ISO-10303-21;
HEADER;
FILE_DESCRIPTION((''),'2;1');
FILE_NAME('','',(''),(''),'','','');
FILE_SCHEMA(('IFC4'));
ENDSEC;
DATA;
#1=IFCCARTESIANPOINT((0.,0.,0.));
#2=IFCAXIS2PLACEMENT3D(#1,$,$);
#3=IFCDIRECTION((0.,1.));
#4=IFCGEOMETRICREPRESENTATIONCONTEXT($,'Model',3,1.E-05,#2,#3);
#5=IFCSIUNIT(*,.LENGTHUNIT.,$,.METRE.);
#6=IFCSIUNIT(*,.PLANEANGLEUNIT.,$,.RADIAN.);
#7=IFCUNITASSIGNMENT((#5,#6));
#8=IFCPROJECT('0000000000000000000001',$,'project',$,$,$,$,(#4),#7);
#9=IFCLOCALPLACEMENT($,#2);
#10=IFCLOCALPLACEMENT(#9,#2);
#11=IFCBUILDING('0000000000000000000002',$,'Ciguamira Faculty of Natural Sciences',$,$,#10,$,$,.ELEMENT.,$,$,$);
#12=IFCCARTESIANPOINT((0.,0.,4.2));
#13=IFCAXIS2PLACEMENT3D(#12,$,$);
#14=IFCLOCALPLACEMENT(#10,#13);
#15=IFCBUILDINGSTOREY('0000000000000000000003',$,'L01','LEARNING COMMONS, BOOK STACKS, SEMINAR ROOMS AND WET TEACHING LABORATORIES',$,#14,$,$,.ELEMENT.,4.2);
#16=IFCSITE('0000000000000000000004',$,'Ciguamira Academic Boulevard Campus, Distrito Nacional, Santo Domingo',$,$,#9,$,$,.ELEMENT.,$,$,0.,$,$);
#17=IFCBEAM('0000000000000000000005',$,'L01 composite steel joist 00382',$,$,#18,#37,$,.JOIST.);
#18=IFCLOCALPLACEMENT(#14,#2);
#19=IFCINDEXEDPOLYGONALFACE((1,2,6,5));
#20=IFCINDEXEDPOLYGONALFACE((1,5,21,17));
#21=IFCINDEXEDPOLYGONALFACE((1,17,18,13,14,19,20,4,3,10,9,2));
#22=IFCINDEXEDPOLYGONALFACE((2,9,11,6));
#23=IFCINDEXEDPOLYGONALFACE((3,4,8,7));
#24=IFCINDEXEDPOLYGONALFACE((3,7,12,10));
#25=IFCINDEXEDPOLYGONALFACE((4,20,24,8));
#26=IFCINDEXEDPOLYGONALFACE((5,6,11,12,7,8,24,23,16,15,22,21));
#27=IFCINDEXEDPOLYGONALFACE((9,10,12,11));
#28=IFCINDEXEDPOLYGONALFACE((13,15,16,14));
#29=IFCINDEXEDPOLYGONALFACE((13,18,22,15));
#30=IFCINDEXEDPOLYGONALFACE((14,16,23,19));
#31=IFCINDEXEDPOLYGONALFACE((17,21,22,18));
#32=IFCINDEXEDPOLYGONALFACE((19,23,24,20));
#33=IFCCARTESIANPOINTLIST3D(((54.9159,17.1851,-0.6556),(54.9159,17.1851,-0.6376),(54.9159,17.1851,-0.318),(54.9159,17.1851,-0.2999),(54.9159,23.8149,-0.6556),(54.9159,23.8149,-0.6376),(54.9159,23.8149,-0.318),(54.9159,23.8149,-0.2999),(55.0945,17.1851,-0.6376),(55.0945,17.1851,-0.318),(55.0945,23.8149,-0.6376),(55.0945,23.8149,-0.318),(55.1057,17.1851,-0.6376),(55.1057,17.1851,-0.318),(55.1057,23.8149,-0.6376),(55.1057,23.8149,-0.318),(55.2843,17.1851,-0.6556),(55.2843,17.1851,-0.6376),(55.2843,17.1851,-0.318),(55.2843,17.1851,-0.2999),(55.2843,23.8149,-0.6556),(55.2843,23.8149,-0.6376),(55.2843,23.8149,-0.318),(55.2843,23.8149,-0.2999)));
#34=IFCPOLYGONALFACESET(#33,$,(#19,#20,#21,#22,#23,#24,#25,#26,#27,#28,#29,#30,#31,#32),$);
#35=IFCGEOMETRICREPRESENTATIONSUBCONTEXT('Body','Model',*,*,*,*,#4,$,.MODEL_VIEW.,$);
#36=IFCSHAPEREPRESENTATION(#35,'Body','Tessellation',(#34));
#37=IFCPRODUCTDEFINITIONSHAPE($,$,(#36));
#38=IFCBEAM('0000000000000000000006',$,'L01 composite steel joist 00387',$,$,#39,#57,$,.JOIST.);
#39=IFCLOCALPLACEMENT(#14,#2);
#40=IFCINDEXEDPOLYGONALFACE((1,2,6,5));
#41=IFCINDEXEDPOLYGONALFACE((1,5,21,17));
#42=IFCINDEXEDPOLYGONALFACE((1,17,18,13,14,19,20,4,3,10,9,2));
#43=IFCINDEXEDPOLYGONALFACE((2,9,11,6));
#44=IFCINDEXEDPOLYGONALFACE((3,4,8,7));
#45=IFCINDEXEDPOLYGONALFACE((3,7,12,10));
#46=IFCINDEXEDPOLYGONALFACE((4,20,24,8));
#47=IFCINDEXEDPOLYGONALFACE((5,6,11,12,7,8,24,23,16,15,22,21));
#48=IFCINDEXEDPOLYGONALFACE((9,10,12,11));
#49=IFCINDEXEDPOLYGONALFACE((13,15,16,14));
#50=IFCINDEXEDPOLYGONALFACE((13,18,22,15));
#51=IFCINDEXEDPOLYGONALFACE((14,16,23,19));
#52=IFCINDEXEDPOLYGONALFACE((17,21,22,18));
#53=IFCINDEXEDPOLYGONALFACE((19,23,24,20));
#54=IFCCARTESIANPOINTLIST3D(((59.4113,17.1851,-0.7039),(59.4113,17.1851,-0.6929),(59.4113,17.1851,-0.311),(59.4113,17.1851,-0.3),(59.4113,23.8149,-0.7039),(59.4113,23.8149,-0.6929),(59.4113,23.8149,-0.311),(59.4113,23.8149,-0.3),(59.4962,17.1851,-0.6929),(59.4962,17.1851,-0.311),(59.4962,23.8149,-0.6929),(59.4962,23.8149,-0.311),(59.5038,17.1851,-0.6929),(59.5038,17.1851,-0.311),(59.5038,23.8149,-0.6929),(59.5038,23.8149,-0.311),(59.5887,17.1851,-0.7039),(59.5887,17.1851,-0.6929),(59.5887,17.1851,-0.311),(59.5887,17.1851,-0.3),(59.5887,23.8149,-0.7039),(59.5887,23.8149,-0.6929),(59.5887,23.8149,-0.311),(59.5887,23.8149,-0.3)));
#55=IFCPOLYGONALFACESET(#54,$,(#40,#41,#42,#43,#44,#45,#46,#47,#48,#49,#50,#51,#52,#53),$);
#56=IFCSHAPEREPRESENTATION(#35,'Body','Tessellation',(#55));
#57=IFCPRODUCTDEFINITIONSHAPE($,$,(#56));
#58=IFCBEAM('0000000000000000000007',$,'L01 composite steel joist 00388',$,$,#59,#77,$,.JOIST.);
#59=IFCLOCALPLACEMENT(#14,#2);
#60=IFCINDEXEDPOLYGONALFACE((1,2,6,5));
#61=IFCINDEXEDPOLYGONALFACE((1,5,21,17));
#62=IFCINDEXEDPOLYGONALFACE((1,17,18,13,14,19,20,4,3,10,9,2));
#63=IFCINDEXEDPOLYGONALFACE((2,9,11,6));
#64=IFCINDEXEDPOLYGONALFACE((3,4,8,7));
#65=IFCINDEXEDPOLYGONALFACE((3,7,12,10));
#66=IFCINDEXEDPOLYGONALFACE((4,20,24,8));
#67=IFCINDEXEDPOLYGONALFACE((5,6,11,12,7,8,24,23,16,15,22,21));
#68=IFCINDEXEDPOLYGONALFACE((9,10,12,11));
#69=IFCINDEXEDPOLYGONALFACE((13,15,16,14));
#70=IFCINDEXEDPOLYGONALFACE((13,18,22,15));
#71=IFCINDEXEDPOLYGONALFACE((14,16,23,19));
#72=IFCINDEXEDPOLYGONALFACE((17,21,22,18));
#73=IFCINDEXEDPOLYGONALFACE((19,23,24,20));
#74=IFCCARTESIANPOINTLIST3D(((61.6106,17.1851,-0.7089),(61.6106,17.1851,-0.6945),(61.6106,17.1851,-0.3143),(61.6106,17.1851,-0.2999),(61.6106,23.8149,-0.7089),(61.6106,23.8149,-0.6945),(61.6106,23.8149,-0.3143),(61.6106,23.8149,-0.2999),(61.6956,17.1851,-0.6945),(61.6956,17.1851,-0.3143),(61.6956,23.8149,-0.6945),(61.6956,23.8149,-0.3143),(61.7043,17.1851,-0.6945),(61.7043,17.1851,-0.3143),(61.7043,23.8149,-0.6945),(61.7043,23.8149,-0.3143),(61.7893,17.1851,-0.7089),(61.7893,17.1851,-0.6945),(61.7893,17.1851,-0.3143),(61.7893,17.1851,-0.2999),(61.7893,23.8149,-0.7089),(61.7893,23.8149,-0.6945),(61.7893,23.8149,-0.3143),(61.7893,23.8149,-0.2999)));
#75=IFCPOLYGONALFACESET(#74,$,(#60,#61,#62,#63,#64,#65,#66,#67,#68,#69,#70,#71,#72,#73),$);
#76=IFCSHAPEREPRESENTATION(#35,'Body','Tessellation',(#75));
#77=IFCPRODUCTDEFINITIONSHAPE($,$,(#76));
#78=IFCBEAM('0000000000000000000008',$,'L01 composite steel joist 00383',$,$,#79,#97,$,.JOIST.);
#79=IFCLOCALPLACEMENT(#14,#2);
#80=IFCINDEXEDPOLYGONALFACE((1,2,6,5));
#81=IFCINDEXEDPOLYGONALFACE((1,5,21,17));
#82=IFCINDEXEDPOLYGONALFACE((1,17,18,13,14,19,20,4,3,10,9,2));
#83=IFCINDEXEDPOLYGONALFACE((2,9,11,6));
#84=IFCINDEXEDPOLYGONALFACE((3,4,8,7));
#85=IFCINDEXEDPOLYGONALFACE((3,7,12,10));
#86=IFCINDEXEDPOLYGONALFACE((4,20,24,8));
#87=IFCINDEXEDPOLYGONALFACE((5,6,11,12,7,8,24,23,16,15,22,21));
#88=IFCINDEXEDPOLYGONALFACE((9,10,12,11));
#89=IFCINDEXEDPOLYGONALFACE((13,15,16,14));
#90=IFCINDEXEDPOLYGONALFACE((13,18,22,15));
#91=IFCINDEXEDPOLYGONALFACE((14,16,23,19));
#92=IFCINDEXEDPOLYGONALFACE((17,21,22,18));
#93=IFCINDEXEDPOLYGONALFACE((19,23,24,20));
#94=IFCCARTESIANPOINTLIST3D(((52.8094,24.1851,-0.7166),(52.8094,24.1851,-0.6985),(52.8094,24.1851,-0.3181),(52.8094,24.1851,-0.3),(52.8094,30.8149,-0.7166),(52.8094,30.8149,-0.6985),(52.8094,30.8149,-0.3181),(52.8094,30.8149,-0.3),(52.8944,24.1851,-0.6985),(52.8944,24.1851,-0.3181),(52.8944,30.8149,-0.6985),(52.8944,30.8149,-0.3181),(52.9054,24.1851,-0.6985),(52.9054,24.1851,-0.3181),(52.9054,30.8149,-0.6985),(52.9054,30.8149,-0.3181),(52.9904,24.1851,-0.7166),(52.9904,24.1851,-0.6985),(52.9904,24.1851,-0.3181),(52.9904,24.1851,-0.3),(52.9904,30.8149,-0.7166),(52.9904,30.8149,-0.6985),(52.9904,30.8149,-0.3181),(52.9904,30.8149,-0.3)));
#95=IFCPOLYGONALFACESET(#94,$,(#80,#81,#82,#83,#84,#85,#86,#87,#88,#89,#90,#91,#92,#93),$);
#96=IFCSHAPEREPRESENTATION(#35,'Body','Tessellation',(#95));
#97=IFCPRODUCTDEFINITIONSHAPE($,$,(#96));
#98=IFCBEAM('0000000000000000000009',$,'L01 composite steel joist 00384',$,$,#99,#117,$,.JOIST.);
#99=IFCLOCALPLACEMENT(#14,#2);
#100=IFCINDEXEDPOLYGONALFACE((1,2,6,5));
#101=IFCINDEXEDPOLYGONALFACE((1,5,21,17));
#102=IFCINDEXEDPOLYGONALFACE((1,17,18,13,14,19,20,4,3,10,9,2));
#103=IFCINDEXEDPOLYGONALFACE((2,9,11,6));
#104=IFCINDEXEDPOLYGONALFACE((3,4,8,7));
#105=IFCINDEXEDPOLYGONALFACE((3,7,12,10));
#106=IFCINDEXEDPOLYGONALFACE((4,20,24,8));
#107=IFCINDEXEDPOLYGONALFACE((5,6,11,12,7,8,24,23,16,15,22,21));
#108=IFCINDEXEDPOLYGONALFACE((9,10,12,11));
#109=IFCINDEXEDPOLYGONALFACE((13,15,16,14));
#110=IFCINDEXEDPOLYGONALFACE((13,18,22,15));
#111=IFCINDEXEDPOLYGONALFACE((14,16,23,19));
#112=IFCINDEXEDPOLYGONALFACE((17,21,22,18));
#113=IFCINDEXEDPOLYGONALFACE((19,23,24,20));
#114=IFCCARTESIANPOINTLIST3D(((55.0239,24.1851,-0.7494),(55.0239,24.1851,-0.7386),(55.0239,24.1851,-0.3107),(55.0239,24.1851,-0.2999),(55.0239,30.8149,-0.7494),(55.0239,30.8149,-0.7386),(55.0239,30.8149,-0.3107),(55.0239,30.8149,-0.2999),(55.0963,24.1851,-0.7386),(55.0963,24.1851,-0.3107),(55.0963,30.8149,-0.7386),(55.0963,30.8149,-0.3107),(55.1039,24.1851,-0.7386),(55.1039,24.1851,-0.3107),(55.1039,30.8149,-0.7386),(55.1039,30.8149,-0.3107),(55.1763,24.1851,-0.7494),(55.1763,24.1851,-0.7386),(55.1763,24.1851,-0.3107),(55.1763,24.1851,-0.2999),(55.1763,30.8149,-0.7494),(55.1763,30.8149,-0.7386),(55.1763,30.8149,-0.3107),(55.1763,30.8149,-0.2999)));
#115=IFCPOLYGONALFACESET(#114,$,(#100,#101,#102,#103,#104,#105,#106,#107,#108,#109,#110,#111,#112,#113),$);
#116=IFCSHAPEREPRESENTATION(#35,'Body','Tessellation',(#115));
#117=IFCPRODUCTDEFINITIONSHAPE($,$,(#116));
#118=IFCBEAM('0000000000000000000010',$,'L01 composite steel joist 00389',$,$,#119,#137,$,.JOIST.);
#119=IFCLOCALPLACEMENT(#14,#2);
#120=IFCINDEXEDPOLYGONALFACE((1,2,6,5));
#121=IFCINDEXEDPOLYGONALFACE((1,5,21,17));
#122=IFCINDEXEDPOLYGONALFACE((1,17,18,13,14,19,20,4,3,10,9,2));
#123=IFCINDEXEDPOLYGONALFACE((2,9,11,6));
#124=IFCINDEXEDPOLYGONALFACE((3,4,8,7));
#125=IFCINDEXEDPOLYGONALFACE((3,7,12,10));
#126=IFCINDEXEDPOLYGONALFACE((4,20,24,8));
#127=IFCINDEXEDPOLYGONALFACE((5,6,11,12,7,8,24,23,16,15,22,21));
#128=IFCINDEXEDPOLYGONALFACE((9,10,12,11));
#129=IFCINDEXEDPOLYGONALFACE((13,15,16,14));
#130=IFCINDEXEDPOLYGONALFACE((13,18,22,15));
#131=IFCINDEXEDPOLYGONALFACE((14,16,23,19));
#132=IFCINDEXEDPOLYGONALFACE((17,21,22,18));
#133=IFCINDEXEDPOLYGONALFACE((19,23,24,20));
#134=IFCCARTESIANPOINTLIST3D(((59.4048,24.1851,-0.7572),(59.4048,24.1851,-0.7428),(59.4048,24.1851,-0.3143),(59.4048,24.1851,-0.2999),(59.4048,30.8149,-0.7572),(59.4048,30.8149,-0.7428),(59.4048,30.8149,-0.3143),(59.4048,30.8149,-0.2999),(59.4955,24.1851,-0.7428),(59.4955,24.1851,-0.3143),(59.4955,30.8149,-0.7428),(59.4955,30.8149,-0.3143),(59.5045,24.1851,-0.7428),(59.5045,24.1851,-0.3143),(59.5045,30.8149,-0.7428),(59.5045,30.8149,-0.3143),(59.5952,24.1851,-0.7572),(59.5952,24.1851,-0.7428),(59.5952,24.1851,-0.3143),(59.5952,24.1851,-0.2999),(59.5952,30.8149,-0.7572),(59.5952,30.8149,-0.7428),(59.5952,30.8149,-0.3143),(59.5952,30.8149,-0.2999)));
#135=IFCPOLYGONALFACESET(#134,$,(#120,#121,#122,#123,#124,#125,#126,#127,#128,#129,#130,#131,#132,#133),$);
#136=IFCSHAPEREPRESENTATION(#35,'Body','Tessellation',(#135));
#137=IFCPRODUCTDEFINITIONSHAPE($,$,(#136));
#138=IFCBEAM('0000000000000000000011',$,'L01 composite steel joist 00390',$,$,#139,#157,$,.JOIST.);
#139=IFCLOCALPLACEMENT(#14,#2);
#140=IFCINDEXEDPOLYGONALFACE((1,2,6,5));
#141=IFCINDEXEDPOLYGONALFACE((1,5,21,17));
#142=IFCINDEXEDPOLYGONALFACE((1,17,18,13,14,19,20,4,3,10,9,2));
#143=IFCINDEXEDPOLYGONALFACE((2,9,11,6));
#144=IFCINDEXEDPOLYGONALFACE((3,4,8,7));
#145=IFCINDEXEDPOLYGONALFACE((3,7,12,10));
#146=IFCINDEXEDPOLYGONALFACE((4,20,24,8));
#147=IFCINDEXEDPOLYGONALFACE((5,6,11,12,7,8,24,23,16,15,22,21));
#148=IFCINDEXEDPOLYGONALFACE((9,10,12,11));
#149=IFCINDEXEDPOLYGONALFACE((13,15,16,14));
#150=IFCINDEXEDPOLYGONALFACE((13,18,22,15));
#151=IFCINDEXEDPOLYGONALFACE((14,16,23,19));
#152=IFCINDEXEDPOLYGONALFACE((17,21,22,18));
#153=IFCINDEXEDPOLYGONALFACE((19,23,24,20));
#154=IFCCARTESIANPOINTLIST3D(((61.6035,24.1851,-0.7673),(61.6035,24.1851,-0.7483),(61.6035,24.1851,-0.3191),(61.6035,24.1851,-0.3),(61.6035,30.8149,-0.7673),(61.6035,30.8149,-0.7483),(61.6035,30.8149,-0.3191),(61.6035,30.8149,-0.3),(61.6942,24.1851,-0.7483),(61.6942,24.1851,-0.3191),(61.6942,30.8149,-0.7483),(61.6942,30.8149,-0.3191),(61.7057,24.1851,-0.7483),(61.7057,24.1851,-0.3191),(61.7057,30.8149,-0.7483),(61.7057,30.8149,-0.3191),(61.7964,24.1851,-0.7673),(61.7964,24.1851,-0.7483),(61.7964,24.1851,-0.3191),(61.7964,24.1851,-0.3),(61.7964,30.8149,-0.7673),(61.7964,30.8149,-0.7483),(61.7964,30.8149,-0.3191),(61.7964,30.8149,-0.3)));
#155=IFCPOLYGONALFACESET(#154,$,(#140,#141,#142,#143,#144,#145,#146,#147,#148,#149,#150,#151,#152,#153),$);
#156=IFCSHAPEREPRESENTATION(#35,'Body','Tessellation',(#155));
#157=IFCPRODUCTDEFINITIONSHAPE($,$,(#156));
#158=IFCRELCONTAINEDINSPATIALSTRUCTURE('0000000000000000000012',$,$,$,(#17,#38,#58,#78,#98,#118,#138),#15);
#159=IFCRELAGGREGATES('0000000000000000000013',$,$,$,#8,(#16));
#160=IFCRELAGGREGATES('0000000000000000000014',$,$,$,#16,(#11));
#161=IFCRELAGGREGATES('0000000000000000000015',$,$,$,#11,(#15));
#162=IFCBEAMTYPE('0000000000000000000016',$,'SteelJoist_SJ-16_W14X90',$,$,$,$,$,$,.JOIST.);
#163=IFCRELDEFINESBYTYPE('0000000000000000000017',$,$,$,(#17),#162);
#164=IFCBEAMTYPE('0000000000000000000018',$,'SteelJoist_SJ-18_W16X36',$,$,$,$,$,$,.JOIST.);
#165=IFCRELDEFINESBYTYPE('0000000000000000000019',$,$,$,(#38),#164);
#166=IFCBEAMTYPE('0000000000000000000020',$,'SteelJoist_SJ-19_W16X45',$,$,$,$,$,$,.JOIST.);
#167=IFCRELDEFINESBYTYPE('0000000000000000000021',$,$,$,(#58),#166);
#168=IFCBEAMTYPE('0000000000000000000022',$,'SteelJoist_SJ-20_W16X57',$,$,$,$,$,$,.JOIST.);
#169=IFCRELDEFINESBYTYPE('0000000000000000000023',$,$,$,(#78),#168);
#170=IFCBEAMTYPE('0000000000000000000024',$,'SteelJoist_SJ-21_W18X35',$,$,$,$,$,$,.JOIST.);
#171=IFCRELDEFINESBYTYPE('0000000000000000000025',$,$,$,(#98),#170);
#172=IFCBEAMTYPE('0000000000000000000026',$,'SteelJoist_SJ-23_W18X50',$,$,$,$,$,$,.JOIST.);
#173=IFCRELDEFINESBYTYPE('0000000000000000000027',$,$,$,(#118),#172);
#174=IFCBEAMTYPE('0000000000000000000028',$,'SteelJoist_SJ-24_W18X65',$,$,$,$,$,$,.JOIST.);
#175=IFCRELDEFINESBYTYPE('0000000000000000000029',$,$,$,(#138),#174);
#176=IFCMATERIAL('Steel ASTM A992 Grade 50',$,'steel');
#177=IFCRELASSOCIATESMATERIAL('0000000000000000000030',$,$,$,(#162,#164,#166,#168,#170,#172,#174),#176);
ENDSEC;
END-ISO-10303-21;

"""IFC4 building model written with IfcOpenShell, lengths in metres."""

from ifc_helpers import new_model, si_unit, direction, frame, origin, origin_2d, place, context, subcontext, project, spatial, i_section, extrude, material, material_profile, profile_set, type_object, element, save


model = new_model("IFC4")

# Units and contexts
model_context = context("Model", 3, precision=1e-05, world=origin(), true_north=direction((0.0, 1.0)))
body_context = subcontext(model_context, "Body", "Model", "MODEL_VIEW")
ifc_project = project(units=[si_unit("LENGTHUNIT", "METRE"), si_unit("PLANEANGLEUNIT", "RADIAN")], contexts=[model_context])

# Site, building, storey
site_placement = place(None, origin())
site = spatial("IfcSite", under=ifc_project, at=site_placement, Name="Ciguamira Academic Boulevard Campus, Distrito Nacional, Santo Domingo", CompositionType="ELEMENT", RefElevation=0.0)
building_placement = place(site_placement, origin())
building = spatial("IfcBuilding", under=site, at=building_placement, Name="Ciguamira Faculty of Natural Sciences", CompositionType="ELEMENT")
storey_placement = place(building_placement, frame((0.0, 0.0, 4.2)))
storey = spatial("IfcBuildingStorey", under=building, at=storey_placement, Name="L01", Description="LEARNING COMMONS, BOOK STACKS, SEMINAR ROOMS AND WET TEACHING LABORATORIES", CompositionType="ELEMENT", Elevation=4.2)

# Beams
ifc_material_1 = material(Name="Steel ASTM A992 Grade 50", Category="steel")
ifc_material_profile_1 = material_profile(ifc_material_1, i_section(OverallWidth=0.3684, OverallDepth=0.3557, WebThickness=0.0112, FlangeThickness=0.0181, at=origin_2d()), Name="W14X90")
ifc_profile_set_1 = profile_set([ifc_material_profile_1], Name="Steel ASTM A992 Grade 50")
beam_type_1 = type_object("IfcBeamType", Name="SteelJoist_SJ-16_W14X90", PredefinedType="JOIST", material=ifc_profile_set_1)
beam_1_placement = place(storey_placement, frame((55.1001, 17.1851, -0.4778), z_axis=(0.0, 1.0, 0.0), x_axis=(-1.0, 0.0, 0.0)))
element("IfcBeam", 1, at=beam_1_placement, inside=storey, type_object=beam_type_1, Name="L01 composite steel joist 00382", PredefinedType="JOIST", context=body_context, shape_type="SweptSolid", body=[
    extrude(i_section(OverallWidth=0.3684, OverallDepth=0.3557, WebThickness=0.0112, FlangeThickness=0.0181, at=origin_2d()), origin(), (0.0, 0.0, 1.0), 6.6299),
])
ifc_material_profile_2 = material_profile(ifc_material_1, i_section(OverallWidth=0.1775, OverallDepth=0.4038, WebThickness=0.0076, FlangeThickness=0.011, at=origin_2d()), Name="W16X36")
ifc_profile_set_2 = profile_set([ifc_material_profile_2], Name="Steel ASTM A992 Grade 50")
beam_type_2 = type_object("IfcBeamType", Name="SteelJoist_SJ-18_W16X36", PredefinedType="JOIST", material=ifc_profile_set_2)
beam_2_placement = place(storey_placement, frame((59.5, 17.1851, -0.502), z_axis=(0.0, 1.0, 0.0), x_axis=(-1.0, 0.0, 0.0)))
element("IfcBeam", 2, at=beam_2_placement, inside=storey, type_object=beam_type_2, Name="L01 composite steel joist 00387", PredefinedType="JOIST", context=body_context, shape_type="SweptSolid", body=[
    extrude(i_section(OverallWidth=0.1775, OverallDepth=0.4038, WebThickness=0.0076, FlangeThickness=0.011, at=origin_2d()), origin(), (0.0, 0.0, 1.0), 6.6299),
])
ifc_material_profile_3 = material_profile(ifc_material_1, i_section(OverallWidth=0.1787, OverallDepth=0.4089, WebThickness=0.0088, FlangeThickness=0.0144, at=origin_2d()), Name="W16X45")
ifc_profile_set_3 = profile_set([ifc_material_profile_3], Name="Steel ASTM A992 Grade 50")
beam_type_3 = type_object("IfcBeamType", Name="SteelJoist_SJ-19_W16X45", PredefinedType="JOIST", material=ifc_profile_set_3)
beam_3_placement = place(storey_placement, frame((61.7, 17.1851, -0.5044), z_axis=(0.0, 1.0, 0.0), x_axis=(-1.0, 0.0, 0.0)))
element("IfcBeam", 3, at=beam_3_placement, inside=storey, type_object=beam_type_3, Name="L01 composite steel joist 00388", PredefinedType="JOIST", context=body_context, shape_type="SweptSolid", body=[
    extrude(i_section(OverallWidth=0.1787, OverallDepth=0.4089, WebThickness=0.0088, FlangeThickness=0.0144, at=origin_2d()), origin(), (0.0, 0.0, 1.0), 6.6299),
])
ifc_material_profile_4 = material_profile(ifc_material_1, i_section(OverallWidth=0.1809, OverallDepth=0.4165, WebThickness=0.011, FlangeThickness=0.0181, at=origin_2d()), Name="W16X57")
ifc_profile_set_4 = profile_set([ifc_material_profile_4], Name="Steel ASTM A992 Grade 50")
beam_type_4 = type_object("IfcBeamType", Name="SteelJoist_SJ-20_W16X57", PredefinedType="JOIST", material=ifc_profile_set_4)
beam_4_placement = place(storey_placement, frame((52.8999, 24.1851, -0.5083), z_axis=(0.0, 1.0, 0.0), x_axis=(-1.0, 0.0, 0.0)))
element("IfcBeam", 4, at=beam_4_placement, inside=storey, type_object=beam_type_4, Name="L01 composite steel joist 00383", PredefinedType="JOIST", context=body_context, shape_type="SweptSolid", body=[
    extrude(i_section(OverallWidth=0.1809, OverallDepth=0.4165, WebThickness=0.011, FlangeThickness=0.0181, at=origin_2d()), origin(), (0.0, 0.0, 1.0), 6.6299),
])
ifc_material_profile_5 = material_profile(ifc_material_1, i_section(OverallWidth=0.1523, OverallDepth=0.4495, WebThickness=0.0076, FlangeThickness=0.0107, at=origin_2d()), Name="W18X35")
ifc_profile_set_5 = profile_set([ifc_material_profile_5], Name="Steel ASTM A992 Grade 50")
beam_type_5 = type_object("IfcBeamType", Name="SteelJoist_SJ-21_W18X35", PredefinedType="JOIST", material=ifc_profile_set_5)
beam_5_placement = place(storey_placement, frame((55.1001, 24.1851, -0.5247), z_axis=(0.0, 1.0, 0.0), x_axis=(-1.0, 0.0, 0.0)))
element("IfcBeam", 5, at=beam_5_placement, inside=storey, type_object=beam_type_5, Name="L01 composite steel joist 00384", PredefinedType="JOIST", context=body_context, shape_type="SweptSolid", body=[
    extrude(i_section(OverallWidth=0.1523, OverallDepth=0.4495, WebThickness=0.0076, FlangeThickness=0.0107, at=origin_2d()), origin(), (0.0, 0.0, 1.0), 6.6299),
])
ifc_material_profile_6 = material_profile(ifc_material_1, i_section(OverallWidth=0.1904, OverallDepth=0.4573, WebThickness=0.009, FlangeThickness=0.0144, at=origin_2d()), Name="W18X50")
ifc_profile_set_6 = profile_set([ifc_material_profile_6], Name="Steel ASTM A992 Grade 50")
beam_type_6 = type_object("IfcBeamType", Name="SteelJoist_SJ-23_W18X50", PredefinedType="JOIST", material=ifc_profile_set_6)
beam_6_placement = place(storey_placement, frame((59.5, 24.1851, -0.5286), z_axis=(0.0, 1.0, 0.0), x_axis=(-1.0, 0.0, 0.0)))
element("IfcBeam", 6, at=beam_6_placement, inside=storey, type_object=beam_type_6, Name="L01 composite steel joist 00389", PredefinedType="JOIST", context=body_context, shape_type="SweptSolid", body=[
    extrude(i_section(OverallWidth=0.1904, OverallDepth=0.4573, WebThickness=0.009, FlangeThickness=0.0144, at=origin_2d()), origin(), (0.0, 0.0, 1.0), 6.6299),
])
ifc_material_profile_7 = material_profile(ifc_material_1, i_section(OverallWidth=0.1929, OverallDepth=0.4673, WebThickness=0.0115, FlangeThickness=0.019, at=origin_2d()), Name="W18X65")
ifc_profile_set_7 = profile_set([ifc_material_profile_7], Name="Steel ASTM A992 Grade 50")
beam_type_7 = type_object("IfcBeamType", Name="SteelJoist_SJ-24_W18X65", PredefinedType="JOIST", material=ifc_profile_set_7)
beam_7_placement = place(storey_placement, frame((61.7, 24.1851, -0.5337), z_axis=(0.0, 1.0, 0.0), x_axis=(-1.0, 0.0, 0.0)))
element("IfcBeam", 7, at=beam_7_placement, inside=storey, type_object=beam_type_7, Name="L01 composite steel joist 00390", PredefinedType="JOIST", context=body_context, shape_type="SweptSolid", body=[
    extrude(i_section(OverallWidth=0.1929, OverallDepth=0.4673, WebThickness=0.0115, FlangeThickness=0.019, at=origin_2d()), origin(), (0.0, 0.0, 1.0), 6.6299),
])

save(model, "model.ifc")
